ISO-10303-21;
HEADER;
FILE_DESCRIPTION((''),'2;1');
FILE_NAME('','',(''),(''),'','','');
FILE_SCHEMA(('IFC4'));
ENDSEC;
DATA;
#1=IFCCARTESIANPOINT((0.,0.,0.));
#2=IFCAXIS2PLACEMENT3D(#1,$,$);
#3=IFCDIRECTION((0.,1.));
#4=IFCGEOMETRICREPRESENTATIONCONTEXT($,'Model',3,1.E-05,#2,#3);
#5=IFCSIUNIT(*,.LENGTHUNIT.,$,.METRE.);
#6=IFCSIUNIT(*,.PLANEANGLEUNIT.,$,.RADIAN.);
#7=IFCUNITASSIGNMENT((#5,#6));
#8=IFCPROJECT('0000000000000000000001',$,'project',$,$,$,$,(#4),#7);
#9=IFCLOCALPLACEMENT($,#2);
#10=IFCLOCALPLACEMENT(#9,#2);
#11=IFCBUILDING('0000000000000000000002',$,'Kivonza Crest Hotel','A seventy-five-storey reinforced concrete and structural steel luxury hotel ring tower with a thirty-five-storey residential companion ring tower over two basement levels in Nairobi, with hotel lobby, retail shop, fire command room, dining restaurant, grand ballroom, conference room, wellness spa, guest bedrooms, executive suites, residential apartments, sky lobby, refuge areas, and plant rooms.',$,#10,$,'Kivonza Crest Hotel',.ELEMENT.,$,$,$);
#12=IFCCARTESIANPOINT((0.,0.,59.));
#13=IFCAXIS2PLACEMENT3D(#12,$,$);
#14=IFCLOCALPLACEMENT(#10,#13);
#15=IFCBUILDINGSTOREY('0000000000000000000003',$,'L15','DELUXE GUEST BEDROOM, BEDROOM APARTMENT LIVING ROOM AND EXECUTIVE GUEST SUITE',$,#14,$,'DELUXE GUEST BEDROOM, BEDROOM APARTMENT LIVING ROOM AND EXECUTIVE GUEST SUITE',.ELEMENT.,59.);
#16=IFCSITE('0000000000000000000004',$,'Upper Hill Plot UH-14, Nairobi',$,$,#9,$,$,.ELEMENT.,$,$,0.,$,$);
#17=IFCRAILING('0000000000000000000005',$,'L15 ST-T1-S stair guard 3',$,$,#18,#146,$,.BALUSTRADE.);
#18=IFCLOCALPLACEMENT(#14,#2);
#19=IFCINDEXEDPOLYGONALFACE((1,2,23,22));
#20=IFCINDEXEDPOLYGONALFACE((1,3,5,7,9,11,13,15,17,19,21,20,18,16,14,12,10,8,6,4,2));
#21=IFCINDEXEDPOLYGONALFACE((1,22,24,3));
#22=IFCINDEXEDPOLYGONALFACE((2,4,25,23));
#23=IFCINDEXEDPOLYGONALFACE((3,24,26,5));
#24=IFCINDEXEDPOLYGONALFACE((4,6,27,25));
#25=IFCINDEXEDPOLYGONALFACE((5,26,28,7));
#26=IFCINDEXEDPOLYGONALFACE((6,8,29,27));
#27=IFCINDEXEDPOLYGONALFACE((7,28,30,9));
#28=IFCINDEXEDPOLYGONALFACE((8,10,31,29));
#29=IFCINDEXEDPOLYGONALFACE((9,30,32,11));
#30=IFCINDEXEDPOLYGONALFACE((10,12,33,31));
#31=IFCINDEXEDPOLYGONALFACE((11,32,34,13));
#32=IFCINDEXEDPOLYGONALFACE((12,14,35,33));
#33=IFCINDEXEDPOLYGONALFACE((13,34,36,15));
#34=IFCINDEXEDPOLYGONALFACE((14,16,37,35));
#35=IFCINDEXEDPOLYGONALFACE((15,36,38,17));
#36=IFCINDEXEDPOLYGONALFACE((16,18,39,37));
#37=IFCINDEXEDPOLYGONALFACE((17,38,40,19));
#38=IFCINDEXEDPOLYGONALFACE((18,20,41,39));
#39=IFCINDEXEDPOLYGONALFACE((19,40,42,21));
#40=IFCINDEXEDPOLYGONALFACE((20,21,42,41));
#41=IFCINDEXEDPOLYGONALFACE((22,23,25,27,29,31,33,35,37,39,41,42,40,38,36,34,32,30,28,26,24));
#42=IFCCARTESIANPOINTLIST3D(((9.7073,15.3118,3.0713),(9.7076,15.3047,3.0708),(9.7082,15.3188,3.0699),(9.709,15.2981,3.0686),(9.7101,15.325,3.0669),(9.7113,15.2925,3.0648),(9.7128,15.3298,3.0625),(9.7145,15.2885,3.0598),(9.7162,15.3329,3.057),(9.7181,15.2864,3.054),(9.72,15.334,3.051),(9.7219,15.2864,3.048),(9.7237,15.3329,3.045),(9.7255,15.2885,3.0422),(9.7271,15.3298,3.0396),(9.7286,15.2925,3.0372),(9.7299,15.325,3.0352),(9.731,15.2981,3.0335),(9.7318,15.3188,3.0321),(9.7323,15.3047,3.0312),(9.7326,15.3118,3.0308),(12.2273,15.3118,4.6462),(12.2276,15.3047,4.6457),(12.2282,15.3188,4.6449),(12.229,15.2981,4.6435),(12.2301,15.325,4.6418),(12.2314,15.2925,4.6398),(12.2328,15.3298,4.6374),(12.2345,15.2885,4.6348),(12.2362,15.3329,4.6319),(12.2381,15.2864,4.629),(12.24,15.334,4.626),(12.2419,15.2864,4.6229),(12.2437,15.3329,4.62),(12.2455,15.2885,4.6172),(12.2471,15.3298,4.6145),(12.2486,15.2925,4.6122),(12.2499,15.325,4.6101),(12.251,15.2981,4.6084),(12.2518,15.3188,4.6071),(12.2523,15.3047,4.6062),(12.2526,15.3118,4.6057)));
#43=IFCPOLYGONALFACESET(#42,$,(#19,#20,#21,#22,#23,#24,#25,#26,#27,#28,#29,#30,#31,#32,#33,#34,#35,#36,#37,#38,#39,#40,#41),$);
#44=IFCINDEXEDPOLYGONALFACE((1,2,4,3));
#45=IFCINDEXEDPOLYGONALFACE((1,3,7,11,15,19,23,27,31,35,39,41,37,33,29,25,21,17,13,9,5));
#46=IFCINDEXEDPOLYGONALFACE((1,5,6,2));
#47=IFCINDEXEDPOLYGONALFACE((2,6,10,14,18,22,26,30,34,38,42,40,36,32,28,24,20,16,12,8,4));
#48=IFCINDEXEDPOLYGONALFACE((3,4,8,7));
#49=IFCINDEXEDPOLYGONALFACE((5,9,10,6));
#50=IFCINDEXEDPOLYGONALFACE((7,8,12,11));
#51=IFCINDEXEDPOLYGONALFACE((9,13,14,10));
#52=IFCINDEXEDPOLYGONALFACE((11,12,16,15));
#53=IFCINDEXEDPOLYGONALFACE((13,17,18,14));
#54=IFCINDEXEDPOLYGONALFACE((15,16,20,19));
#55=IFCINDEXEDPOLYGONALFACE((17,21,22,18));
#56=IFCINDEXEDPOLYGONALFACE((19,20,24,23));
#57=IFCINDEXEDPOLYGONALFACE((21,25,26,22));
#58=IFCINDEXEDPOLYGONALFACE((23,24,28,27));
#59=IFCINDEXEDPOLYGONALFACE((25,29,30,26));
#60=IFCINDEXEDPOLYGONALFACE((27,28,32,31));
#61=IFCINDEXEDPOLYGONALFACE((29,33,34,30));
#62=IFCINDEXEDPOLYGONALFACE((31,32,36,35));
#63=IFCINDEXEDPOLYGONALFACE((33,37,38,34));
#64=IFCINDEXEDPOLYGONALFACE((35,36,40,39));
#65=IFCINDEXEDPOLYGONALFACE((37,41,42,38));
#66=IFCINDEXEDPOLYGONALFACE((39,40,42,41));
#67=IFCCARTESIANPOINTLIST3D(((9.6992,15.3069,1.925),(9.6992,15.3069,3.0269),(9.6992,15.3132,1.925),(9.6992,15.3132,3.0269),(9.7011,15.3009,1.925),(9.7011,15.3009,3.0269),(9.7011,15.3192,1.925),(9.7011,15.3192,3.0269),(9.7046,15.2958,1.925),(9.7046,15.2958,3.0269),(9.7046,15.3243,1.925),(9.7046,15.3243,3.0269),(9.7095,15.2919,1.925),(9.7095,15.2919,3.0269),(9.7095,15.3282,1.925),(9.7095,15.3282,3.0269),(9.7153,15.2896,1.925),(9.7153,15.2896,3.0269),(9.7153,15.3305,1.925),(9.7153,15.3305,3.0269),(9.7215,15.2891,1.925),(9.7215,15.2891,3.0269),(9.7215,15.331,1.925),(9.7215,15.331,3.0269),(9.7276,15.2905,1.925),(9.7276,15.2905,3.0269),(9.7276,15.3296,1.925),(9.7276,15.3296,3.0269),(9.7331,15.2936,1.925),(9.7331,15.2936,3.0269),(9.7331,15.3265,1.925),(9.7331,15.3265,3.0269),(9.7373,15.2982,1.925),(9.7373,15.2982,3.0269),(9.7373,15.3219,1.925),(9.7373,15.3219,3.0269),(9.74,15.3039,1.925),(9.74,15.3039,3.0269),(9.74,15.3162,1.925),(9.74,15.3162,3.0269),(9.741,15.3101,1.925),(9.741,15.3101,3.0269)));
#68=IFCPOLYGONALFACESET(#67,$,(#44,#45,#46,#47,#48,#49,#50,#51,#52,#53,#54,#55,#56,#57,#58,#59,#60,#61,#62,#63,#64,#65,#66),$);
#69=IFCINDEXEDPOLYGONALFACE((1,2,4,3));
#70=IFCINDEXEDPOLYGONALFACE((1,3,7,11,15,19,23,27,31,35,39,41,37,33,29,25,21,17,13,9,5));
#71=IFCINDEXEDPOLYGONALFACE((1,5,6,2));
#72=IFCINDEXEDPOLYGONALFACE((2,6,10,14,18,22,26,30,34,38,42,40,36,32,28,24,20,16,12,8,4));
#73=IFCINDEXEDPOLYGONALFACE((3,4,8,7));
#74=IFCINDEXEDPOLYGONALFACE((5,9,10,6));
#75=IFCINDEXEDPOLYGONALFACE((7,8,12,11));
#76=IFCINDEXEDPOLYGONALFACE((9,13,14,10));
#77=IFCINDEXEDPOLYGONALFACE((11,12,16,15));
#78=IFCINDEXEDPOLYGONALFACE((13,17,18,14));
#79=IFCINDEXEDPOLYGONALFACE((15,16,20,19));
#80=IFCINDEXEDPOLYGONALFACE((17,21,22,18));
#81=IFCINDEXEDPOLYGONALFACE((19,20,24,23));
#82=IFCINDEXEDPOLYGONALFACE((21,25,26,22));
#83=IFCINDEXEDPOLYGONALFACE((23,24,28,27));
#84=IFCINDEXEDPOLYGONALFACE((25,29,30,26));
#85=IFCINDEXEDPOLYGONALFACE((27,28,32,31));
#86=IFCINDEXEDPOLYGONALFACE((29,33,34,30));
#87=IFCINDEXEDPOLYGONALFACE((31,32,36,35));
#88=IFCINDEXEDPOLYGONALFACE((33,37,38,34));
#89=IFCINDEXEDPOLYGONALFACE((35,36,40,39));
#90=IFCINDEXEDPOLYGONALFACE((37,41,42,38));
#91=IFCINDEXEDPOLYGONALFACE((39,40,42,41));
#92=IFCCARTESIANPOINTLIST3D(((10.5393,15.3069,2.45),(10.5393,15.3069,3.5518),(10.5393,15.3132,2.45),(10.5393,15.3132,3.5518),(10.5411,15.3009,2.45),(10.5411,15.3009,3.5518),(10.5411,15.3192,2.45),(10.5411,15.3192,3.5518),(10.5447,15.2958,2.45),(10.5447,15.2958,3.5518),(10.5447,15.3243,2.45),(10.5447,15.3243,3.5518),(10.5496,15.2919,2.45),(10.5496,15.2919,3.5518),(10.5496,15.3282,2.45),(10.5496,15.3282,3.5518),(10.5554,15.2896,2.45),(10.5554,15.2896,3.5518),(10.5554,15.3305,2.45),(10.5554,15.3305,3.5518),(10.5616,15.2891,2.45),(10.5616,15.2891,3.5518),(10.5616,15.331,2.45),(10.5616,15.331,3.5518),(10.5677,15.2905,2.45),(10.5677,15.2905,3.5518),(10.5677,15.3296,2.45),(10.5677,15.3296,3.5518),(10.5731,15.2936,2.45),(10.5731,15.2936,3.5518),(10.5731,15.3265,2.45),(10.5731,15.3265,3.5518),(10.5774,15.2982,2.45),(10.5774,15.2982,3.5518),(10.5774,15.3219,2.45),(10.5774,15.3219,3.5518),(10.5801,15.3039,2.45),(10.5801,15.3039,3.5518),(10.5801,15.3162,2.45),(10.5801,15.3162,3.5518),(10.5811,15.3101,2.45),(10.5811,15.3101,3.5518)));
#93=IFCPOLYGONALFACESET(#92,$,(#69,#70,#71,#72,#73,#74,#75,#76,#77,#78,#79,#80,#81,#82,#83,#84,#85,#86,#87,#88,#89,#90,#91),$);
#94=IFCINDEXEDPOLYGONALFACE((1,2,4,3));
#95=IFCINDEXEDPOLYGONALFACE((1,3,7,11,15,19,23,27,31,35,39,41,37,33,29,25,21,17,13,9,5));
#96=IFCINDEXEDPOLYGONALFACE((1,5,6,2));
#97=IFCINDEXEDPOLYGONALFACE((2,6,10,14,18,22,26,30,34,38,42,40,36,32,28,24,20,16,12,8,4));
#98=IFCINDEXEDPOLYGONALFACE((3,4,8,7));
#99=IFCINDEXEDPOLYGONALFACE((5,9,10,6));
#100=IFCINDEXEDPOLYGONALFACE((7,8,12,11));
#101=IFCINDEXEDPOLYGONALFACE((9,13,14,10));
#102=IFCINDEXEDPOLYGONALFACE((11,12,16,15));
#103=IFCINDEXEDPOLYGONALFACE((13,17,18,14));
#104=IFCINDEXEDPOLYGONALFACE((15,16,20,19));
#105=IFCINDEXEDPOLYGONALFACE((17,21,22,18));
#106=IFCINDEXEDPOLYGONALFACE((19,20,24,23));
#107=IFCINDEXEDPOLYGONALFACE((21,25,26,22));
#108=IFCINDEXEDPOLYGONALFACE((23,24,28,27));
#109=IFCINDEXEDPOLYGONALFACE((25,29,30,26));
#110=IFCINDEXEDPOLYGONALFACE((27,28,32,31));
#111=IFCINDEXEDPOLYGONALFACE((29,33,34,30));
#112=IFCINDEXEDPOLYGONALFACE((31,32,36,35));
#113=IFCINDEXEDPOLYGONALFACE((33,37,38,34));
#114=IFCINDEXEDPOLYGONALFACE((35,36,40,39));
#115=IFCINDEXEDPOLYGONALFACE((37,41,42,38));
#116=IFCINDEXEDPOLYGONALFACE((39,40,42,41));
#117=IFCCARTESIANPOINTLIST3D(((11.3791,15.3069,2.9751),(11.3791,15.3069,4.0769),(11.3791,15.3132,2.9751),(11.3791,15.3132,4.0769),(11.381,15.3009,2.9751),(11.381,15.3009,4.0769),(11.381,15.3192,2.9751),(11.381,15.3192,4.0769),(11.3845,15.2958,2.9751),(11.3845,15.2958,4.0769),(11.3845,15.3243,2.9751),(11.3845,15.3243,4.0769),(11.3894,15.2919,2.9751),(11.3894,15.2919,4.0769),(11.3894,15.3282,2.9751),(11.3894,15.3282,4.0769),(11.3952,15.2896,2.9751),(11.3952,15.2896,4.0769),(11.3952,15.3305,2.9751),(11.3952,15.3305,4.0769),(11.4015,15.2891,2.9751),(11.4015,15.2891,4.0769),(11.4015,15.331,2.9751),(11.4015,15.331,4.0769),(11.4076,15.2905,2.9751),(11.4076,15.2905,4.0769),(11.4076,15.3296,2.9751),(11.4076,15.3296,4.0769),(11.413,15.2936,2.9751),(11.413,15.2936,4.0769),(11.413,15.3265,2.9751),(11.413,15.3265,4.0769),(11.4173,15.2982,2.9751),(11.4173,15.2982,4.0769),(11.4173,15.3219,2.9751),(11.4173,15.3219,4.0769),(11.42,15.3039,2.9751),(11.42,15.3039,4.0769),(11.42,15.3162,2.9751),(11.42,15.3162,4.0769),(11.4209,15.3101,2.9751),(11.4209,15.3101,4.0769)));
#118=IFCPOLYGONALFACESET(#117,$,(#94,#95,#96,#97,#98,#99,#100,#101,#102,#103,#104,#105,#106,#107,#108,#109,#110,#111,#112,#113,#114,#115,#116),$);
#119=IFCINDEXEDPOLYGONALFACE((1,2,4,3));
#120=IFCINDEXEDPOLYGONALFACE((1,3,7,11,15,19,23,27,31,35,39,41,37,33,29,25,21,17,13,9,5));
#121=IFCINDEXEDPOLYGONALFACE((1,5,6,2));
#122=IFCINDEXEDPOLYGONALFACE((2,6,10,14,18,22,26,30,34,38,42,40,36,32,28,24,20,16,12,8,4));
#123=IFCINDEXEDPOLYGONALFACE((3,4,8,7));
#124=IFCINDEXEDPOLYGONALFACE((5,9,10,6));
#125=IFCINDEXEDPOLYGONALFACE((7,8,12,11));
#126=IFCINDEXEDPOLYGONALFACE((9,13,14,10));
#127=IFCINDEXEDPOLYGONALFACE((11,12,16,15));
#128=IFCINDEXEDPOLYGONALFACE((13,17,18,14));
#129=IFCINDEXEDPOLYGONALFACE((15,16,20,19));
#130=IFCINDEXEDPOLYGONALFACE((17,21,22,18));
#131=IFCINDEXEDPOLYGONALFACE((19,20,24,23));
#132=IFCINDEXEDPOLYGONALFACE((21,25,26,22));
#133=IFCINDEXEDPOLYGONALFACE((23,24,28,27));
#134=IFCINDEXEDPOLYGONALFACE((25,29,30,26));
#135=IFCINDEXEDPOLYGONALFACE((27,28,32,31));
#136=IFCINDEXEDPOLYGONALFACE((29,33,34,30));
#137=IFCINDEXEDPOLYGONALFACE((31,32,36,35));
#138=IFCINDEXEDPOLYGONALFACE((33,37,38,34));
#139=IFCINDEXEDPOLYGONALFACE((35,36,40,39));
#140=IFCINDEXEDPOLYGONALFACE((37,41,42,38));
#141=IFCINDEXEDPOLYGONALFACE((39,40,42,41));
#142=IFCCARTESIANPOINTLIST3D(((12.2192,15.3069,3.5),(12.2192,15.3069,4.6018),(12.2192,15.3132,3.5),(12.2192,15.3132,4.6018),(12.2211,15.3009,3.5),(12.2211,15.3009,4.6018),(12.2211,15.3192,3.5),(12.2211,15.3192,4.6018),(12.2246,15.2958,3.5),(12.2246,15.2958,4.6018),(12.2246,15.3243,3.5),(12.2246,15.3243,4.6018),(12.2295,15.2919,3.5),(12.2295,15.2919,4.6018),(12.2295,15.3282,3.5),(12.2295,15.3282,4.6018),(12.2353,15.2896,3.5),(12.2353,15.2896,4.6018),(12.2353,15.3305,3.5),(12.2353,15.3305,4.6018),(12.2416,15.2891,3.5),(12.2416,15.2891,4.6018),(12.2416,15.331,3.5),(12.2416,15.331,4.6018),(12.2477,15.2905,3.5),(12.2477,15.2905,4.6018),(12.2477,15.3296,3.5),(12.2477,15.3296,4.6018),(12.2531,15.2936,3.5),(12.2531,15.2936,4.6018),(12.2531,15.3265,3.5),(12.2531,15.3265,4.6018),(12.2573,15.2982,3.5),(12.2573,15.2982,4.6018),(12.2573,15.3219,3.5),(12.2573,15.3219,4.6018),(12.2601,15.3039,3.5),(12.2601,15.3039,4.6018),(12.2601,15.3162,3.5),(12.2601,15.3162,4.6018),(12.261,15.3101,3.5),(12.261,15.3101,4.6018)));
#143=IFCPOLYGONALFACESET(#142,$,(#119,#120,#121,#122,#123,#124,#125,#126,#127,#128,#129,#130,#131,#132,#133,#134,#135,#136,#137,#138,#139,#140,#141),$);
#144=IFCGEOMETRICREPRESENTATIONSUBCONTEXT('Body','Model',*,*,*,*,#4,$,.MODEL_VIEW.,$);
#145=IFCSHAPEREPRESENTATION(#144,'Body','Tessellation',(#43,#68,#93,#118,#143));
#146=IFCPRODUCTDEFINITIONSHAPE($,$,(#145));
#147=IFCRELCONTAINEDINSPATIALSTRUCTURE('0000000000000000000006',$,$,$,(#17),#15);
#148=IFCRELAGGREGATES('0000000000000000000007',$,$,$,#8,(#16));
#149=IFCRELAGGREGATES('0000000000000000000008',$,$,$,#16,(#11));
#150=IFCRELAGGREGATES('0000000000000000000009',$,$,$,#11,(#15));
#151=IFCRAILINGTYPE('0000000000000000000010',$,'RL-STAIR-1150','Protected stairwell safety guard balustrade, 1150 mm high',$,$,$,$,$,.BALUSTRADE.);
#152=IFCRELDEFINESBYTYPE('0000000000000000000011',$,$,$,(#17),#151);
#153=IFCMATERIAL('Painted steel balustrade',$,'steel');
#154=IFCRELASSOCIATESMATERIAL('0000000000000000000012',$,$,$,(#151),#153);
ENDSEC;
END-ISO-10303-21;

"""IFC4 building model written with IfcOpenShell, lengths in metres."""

from ifc_helpers import new_model, si_unit, direction, frame, origin, origin_2d, place, context, subcontext, project, spatial, circle, extrude, material, type_object, element, save


model = new_model("IFC4")

# Units and contexts
model_context = context("Model", 3, precision=1e-05, world=origin(), true_north=direction((0.0, 1.0)))
body_context = subcontext(model_context, "Body", "Model", "MODEL_VIEW")
ifc_project = project(units=[si_unit("LENGTHUNIT", "METRE"), si_unit("PLANEANGLEUNIT", "RADIAN")], contexts=[model_context])

# Site, building, storey
site_placement = place(None, origin())
site = spatial("IfcSite", under=ifc_project, at=site_placement, Name="Upper Hill Plot UH-14, Nairobi", CompositionType="ELEMENT", RefElevation=0.0)
building_placement = place(site_placement, origin())
building = spatial("IfcBuilding", under=site, at=building_placement, Name="Kivonza Crest Hotel", Description="A seventy-five-storey reinforced concrete and structural steel luxury hotel ring tower with a thirty-five-storey residential companion ring tower over two basement levels in Nairobi, with hotel lobby, retail shop, fire command room, dining restaurant, grand ballroom, conference room, wellness spa, guest bedrooms, executive suites, residential apartments, sky lobby, refuge areas, and plant rooms.", LongName="Kivonza Crest Hotel", CompositionType="ELEMENT")
storey_placement = place(building_placement, frame((0.0, 0.0, 59.0)))
storey = spatial("IfcBuildingStorey", under=building, at=storey_placement, Name="L15", Description="DELUXE GUEST BEDROOM, BEDROOM APARTMENT LIVING ROOM AND EXECUTIVE GUEST SUITE", LongName="DELUXE GUEST BEDROOM, BEDROOM APARTMENT LIVING ROOM AND EXECUTIVE GUEST SUITE", CompositionType="ELEMENT", Elevation=59.0)

# Railing
ifc_material_1 = material(Name="Painted steel balustrade", Category="steel")
railing_type_1 = type_object("IfcRailingType", Name="RL-STAIR-1150", Description="Protected stairwell safety guard balustrade, 1150 mm high", PredefinedType="BALUSTRADE", material=ifc_material_1)
railing_1_placement = place(storey_placement, frame((9.72, 15.3101, 1.925)))
element("IfcRailing", 1, at=railing_1_placement, inside=storey, type_object=railing_type_1, Name="L15 ST-T1-S stair guard 3", PredefinedType="BALUSTRADE", context=body_context, shape_type="SweptSolid", body=[
    extrude(circle(Radius=0.0239, at=origin_2d()), frame((0.0, 0.0, 1.126), z_axis=(0.848008, 0.0, 0.529984), x_axis=(0.0, 1.0, 0.0)), (0.0, 0.0, 1.0), 2.9717),
    extrude(circle(Radius=0.021, at=origin_2d()), origin(), (0.0, 0.0, 1.0), 1.1018),
    extrude(circle(Radius=0.021, at=origin_2d()), frame((0.8401, 0.0, 0.5249)), (0.0, 0.0, 1.0), 1.1018),
    extrude(circle(Radius=0.021, at=origin_2d()), frame((1.6799, 0.0, 1.05)), (0.0, 0.0, 1.0), 1.1018),
    extrude(circle(Radius=0.021, at=origin_2d()), frame((2.52, 0.0, 1.575)), (0.0, 0.0, 1.0), 1.1018),
])

save(model, "model.ifc")
